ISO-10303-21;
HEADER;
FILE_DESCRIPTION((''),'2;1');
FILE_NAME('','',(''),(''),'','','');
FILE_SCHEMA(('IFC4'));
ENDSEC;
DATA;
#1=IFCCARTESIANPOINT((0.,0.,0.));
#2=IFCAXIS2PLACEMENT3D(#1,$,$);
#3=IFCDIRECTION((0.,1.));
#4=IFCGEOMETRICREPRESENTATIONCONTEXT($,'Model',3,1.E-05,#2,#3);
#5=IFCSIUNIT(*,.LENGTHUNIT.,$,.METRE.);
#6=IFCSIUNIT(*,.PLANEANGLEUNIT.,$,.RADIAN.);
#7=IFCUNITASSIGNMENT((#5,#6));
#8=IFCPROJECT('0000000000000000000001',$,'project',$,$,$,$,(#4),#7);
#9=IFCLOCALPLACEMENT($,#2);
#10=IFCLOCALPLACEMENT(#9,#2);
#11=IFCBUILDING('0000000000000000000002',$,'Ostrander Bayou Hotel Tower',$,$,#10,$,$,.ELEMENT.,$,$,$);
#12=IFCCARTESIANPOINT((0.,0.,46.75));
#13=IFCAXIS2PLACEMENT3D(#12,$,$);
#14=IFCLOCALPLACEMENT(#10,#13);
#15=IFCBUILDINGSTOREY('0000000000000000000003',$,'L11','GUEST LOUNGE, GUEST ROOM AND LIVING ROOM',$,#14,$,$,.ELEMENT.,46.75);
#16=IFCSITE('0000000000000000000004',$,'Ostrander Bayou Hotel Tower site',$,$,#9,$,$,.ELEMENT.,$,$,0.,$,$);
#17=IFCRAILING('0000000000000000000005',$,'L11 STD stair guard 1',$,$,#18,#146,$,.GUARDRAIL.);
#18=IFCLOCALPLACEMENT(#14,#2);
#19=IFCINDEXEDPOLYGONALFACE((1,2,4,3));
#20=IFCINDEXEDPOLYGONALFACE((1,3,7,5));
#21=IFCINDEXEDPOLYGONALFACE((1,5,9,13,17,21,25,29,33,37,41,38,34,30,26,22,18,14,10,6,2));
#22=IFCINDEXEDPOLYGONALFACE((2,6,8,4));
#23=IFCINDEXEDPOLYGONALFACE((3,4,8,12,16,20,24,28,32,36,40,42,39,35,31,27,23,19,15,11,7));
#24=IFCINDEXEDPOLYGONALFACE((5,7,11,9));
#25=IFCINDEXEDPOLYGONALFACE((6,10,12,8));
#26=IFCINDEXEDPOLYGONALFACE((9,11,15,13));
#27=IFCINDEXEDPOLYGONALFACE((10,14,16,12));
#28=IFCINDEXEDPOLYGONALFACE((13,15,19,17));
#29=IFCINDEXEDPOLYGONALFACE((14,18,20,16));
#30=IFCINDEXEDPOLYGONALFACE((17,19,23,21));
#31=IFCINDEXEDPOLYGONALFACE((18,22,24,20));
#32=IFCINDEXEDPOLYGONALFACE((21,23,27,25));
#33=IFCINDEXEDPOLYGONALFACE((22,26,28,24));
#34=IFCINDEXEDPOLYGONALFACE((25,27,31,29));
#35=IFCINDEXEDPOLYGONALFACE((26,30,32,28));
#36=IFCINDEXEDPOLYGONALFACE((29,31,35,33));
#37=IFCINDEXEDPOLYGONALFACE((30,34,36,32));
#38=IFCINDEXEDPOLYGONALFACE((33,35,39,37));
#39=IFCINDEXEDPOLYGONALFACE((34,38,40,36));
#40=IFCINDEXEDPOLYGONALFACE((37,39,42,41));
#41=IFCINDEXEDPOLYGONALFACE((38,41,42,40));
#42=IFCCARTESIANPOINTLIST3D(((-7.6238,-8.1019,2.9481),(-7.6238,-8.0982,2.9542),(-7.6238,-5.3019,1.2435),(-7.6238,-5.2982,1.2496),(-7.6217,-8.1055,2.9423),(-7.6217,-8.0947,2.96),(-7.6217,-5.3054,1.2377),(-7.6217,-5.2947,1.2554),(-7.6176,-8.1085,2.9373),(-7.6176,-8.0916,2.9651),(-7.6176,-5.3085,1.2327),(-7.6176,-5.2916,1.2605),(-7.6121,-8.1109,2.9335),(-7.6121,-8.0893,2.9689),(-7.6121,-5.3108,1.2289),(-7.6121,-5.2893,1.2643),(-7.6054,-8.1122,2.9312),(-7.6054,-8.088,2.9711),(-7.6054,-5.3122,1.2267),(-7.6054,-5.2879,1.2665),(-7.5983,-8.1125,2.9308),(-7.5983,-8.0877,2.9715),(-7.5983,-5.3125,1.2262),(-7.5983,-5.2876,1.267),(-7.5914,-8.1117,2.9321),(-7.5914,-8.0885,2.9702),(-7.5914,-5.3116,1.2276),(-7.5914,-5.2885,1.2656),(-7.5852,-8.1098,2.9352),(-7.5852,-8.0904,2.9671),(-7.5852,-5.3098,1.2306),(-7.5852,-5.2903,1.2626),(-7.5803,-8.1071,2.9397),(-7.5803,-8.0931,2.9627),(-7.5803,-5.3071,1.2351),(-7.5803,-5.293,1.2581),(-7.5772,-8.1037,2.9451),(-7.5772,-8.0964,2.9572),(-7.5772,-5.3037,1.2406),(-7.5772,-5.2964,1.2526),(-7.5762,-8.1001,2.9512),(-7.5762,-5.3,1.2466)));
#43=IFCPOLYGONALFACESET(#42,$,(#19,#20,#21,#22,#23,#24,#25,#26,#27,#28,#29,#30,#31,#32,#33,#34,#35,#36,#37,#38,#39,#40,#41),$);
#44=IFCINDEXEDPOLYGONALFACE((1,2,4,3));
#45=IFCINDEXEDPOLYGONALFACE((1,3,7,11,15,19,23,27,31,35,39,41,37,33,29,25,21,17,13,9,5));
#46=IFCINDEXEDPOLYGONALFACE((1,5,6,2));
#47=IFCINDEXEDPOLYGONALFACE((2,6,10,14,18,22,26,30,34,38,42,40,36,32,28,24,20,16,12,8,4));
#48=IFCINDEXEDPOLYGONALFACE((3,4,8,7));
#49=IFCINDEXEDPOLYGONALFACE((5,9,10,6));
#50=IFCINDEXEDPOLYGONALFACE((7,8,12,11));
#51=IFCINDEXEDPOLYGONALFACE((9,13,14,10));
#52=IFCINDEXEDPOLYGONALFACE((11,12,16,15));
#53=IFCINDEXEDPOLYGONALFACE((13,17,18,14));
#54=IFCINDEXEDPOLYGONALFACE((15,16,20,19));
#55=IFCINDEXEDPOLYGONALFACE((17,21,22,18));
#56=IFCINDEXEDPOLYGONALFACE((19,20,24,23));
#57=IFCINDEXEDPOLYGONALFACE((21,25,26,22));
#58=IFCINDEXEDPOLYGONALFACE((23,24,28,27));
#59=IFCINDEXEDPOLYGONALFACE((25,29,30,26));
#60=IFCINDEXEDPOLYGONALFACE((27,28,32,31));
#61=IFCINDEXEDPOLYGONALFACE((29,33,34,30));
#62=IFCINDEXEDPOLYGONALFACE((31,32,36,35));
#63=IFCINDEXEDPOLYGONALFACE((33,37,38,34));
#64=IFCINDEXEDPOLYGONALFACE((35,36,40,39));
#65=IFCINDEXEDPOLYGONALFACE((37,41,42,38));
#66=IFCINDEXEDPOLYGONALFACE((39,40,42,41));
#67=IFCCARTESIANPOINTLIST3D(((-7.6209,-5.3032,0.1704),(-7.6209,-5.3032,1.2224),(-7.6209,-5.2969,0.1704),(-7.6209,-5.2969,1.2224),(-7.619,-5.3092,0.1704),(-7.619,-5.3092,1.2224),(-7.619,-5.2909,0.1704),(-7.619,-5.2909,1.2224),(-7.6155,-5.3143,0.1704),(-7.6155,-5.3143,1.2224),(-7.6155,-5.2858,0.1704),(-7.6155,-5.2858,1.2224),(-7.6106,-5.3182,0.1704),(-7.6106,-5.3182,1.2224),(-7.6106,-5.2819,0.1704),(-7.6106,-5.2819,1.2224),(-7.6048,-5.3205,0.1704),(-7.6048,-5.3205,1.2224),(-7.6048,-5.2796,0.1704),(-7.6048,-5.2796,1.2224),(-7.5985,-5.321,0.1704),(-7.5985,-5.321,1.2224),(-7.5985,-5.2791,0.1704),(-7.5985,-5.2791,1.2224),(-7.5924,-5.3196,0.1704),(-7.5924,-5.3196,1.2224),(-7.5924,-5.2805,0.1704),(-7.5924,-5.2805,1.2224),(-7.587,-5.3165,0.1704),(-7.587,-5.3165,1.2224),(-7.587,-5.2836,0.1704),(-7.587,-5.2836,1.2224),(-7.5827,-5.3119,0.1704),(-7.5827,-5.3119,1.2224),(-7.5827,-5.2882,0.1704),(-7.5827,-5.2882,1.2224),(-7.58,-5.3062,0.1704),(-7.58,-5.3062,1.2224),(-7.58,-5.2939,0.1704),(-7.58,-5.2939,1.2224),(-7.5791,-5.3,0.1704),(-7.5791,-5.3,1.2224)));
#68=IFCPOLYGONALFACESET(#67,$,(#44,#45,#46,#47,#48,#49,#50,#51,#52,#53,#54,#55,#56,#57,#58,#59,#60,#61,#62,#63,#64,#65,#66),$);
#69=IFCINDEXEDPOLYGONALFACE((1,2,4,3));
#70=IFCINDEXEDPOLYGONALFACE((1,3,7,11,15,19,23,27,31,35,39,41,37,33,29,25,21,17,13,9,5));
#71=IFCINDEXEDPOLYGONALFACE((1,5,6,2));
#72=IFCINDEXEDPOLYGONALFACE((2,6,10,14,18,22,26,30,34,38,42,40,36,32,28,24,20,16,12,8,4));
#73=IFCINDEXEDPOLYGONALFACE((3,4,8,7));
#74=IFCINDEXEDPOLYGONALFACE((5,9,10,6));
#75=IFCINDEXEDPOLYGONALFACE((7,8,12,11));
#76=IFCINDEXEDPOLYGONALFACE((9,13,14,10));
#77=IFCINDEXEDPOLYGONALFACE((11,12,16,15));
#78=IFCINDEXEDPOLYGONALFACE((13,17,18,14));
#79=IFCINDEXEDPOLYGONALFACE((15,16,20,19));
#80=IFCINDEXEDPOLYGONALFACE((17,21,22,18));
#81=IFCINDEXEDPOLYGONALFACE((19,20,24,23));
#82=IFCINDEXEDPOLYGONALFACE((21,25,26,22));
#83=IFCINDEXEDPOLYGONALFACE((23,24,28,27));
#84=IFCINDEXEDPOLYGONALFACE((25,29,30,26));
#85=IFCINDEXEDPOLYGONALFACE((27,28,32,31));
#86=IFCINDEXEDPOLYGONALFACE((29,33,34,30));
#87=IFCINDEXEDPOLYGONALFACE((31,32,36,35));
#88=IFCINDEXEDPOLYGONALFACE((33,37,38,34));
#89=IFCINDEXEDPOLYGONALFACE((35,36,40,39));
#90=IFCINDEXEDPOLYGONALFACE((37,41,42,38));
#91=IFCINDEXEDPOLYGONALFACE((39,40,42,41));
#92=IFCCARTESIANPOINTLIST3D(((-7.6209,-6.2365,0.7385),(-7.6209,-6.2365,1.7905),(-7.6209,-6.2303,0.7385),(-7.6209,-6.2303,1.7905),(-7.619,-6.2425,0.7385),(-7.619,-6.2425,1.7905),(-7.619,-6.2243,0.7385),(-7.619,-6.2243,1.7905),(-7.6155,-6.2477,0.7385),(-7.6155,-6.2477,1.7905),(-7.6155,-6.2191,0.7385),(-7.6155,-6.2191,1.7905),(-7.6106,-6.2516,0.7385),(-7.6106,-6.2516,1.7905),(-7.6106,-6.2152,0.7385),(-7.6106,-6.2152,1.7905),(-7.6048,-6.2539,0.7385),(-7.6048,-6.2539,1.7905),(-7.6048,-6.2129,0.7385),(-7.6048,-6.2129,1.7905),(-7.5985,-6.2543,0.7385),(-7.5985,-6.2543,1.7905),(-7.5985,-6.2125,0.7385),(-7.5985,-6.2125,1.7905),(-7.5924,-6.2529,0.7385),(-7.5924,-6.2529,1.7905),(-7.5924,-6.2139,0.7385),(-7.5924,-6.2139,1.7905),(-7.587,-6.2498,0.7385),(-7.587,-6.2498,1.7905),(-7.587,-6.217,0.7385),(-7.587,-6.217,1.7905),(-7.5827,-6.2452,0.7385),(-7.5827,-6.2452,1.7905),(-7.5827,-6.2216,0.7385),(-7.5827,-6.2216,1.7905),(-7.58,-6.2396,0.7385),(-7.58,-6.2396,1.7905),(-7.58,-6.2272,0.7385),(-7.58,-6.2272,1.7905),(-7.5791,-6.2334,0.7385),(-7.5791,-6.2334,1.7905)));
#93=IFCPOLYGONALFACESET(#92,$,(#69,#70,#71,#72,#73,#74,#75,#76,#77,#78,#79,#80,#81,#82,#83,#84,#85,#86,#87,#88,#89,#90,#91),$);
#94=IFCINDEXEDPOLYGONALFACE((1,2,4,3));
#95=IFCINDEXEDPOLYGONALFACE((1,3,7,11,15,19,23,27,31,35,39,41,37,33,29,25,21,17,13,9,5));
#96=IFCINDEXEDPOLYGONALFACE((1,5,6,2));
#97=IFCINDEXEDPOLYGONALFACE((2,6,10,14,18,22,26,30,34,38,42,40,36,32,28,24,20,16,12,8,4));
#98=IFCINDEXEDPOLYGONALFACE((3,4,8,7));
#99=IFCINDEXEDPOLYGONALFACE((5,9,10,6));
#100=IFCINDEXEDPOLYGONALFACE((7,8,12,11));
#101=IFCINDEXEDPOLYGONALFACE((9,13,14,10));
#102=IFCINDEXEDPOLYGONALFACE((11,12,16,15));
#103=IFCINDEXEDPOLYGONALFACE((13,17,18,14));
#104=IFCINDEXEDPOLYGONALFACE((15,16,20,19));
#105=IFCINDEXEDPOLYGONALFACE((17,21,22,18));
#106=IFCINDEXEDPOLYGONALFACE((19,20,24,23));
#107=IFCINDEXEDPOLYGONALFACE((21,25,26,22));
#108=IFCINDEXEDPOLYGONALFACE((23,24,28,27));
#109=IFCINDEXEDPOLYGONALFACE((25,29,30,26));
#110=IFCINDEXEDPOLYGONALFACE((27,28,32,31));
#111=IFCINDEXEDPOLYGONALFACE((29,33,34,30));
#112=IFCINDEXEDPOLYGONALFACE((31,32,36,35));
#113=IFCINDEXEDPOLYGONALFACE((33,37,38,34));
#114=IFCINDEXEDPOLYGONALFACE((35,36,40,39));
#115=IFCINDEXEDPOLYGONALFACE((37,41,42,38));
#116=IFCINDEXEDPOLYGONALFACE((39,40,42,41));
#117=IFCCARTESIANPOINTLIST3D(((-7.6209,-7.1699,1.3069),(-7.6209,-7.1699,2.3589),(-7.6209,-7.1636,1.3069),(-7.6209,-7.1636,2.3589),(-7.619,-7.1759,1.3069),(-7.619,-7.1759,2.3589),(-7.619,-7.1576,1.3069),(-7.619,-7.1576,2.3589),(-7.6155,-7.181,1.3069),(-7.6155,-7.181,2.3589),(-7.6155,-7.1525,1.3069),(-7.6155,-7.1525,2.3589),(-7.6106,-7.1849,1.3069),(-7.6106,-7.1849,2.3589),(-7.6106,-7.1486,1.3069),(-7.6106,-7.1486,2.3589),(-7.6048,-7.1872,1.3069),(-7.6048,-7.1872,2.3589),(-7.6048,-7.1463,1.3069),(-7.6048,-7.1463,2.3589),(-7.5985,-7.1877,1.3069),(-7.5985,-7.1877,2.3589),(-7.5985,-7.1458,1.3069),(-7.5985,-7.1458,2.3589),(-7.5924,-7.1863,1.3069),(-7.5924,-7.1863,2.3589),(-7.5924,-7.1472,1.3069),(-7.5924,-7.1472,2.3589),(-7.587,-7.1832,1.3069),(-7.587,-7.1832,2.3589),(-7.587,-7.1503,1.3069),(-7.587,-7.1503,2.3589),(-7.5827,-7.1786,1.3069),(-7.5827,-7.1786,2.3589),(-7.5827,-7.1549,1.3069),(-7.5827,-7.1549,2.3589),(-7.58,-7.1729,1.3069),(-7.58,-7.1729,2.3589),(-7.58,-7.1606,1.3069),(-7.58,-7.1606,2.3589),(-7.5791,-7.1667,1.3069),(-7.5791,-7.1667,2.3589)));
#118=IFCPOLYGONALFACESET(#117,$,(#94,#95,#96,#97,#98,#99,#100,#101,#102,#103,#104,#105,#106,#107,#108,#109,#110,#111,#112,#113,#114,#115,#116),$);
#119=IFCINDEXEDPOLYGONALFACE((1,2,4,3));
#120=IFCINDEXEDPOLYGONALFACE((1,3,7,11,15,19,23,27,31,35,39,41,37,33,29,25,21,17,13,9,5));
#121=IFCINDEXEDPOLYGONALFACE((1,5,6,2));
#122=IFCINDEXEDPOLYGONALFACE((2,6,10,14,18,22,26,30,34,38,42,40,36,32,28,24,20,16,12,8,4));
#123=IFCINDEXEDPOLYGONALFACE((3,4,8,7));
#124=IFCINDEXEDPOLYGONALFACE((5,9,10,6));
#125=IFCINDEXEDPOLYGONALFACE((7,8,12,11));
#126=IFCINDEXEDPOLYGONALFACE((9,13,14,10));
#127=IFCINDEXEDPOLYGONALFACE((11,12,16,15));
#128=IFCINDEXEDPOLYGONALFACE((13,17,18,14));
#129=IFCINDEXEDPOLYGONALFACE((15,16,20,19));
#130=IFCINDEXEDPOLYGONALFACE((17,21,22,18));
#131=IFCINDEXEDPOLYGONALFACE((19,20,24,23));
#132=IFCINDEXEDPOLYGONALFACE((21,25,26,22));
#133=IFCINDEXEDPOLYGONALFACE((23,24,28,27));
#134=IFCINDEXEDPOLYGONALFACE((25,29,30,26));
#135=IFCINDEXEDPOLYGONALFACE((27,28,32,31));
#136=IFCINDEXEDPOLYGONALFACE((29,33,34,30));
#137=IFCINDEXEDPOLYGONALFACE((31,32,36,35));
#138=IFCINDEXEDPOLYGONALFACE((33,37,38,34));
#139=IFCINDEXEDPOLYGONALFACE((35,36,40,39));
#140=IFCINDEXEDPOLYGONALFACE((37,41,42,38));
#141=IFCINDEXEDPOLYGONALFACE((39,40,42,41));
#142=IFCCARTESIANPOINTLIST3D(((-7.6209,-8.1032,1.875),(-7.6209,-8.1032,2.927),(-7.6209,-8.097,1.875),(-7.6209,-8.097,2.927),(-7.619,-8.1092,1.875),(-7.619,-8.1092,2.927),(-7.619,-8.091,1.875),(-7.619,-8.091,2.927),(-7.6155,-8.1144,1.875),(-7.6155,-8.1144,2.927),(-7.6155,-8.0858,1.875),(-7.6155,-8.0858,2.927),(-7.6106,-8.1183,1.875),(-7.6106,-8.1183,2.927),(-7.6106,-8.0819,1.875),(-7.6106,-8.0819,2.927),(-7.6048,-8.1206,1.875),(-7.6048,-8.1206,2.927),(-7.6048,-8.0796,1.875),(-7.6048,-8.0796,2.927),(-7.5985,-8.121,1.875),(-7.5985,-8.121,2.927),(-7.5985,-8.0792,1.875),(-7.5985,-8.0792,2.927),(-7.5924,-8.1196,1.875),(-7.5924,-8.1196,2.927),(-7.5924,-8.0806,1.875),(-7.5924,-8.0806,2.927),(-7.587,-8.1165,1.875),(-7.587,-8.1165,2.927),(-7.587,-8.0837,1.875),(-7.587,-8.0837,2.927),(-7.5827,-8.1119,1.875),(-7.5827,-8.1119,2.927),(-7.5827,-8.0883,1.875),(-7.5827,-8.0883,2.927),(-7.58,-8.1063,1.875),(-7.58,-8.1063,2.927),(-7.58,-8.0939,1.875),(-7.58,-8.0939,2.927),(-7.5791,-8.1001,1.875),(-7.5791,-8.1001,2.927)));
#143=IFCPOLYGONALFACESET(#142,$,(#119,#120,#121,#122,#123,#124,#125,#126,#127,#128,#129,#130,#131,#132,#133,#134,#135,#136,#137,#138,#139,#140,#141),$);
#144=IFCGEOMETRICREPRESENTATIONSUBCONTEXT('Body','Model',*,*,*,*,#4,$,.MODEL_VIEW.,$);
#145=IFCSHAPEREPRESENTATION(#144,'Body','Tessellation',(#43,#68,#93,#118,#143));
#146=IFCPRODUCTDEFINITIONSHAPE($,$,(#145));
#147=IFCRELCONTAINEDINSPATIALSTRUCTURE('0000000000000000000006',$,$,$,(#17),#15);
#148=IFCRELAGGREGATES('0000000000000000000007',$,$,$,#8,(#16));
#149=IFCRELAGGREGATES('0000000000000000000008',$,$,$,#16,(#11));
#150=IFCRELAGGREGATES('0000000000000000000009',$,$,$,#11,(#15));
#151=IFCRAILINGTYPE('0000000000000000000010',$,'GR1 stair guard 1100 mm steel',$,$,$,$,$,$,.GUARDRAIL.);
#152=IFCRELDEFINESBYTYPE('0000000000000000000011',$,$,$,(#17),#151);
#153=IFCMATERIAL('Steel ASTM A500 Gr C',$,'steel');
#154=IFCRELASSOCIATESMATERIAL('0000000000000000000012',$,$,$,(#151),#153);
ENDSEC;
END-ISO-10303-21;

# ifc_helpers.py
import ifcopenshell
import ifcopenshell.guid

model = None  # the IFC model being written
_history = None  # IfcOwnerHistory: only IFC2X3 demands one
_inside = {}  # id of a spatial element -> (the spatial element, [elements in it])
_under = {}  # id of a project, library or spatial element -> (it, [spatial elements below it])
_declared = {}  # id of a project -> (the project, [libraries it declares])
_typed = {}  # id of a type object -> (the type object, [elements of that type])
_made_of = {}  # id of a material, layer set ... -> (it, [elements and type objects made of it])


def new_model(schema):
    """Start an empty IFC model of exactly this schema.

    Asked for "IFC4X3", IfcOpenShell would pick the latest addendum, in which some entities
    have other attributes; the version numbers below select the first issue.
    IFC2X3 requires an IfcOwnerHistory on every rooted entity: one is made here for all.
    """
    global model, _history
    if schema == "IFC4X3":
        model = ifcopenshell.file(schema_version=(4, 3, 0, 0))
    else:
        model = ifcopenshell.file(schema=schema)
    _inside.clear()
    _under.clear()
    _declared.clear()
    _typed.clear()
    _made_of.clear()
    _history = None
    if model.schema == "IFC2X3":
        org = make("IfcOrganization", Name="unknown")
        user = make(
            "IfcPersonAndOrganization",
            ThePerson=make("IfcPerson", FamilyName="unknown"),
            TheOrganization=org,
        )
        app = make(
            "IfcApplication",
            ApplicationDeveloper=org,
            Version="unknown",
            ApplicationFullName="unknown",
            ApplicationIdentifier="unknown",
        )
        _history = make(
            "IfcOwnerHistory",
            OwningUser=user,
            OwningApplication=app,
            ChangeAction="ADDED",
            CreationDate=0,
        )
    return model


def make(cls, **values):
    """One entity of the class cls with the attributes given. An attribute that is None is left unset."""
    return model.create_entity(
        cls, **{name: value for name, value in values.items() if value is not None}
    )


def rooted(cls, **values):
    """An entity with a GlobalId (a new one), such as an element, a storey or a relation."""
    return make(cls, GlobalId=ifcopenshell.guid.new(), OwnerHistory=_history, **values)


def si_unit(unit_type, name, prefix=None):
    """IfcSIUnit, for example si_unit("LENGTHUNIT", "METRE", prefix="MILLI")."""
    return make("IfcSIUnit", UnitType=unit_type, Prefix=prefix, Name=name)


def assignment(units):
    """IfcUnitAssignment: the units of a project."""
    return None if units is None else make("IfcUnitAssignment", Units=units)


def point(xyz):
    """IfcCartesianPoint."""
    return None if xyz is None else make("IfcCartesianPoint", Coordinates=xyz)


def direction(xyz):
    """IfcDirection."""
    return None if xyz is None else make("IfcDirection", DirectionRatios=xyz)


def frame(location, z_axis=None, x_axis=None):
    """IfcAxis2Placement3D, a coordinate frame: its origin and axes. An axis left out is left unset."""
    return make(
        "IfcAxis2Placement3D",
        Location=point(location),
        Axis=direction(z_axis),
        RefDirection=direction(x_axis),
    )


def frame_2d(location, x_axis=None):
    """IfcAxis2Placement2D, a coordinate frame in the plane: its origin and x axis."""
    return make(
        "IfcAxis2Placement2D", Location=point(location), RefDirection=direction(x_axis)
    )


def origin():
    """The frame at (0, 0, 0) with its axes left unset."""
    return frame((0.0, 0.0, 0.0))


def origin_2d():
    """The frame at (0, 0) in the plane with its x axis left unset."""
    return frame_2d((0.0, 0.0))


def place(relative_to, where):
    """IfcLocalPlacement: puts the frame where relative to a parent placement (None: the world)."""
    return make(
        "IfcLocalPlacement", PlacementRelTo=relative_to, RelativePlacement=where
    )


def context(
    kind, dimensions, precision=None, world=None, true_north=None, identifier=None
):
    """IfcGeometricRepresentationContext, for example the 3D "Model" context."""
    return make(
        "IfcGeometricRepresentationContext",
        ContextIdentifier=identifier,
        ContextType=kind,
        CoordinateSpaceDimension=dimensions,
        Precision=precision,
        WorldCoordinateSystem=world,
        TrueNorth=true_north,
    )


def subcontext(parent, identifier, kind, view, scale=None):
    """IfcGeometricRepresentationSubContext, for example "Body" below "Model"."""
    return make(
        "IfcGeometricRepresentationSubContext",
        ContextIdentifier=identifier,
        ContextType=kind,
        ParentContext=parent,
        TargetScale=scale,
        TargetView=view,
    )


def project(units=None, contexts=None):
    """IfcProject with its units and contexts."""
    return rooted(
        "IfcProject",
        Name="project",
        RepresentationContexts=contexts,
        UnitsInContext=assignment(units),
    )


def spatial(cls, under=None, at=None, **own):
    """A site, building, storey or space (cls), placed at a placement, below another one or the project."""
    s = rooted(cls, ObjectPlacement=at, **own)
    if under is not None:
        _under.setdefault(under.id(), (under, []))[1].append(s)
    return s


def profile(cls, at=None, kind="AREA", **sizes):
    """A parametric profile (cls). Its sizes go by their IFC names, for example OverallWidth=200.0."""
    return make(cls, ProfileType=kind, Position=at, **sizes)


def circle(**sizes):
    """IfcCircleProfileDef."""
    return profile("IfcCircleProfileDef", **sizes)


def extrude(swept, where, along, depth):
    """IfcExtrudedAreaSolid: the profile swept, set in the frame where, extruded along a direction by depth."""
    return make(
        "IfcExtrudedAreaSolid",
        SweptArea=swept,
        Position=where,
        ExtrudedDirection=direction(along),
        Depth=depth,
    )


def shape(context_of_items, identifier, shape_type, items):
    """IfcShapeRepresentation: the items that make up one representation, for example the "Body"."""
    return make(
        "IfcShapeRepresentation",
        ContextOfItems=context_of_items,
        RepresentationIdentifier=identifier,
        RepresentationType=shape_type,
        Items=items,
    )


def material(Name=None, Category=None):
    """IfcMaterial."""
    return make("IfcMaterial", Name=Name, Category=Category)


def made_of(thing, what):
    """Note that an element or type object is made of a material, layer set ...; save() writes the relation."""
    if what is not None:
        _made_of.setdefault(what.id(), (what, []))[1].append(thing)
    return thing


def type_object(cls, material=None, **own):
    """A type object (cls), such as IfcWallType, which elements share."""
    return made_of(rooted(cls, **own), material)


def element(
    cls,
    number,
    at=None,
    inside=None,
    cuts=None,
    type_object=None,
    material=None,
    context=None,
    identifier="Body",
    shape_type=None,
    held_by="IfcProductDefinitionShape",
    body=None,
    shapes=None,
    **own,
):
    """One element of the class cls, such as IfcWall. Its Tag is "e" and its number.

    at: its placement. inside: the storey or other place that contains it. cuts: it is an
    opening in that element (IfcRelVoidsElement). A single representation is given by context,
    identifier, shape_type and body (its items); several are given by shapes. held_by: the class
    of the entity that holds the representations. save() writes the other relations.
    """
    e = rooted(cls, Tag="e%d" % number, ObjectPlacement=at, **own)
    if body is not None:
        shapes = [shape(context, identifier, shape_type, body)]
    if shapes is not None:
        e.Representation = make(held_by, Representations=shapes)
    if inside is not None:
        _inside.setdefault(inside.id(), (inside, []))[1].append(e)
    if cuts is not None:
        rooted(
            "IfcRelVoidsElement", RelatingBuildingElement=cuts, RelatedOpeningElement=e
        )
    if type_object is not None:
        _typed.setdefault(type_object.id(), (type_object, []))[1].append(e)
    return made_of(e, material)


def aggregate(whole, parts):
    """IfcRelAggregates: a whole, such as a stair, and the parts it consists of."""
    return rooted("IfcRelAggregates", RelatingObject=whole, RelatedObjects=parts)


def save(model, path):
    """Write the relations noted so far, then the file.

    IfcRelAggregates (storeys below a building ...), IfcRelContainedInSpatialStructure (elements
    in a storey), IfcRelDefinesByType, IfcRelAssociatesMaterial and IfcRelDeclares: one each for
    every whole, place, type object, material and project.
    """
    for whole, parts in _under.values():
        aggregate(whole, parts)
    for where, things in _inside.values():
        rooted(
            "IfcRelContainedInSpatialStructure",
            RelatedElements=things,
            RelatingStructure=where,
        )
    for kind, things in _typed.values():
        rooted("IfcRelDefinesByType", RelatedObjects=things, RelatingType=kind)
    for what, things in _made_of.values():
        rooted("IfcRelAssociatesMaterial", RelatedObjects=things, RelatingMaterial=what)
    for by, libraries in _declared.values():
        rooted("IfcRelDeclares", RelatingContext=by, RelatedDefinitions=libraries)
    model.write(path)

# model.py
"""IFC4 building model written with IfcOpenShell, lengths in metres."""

from ifc_helpers import new_model, si_unit, direction, frame, origin, origin_2d, place, context, subcontext, project, spatial, circle, extrude, material, type_object, element, save


model = new_model("IFC4")

# Units and contexts
model_context = context("Model", 3, precision=1e-05, world=origin(), true_north=direction((0.0, 1.0)))
body_context = subcontext(model_context, "Body", "Model", "MODEL_VIEW")
ifc_project = project(units=[si_unit("LENGTHUNIT", "METRE"), si_unit("PLANEANGLEUNIT", "RADIAN")], contexts=[model_context])

# Site, building, storey
site_placement = place(None, origin())
site = spatial("IfcSite", under=ifc_project, at=site_placement, Name="Ostrander Bayou Hotel Tower site", CompositionType="ELEMENT", RefElevation=0.0)
building_placement = place(site_placement, origin())
building = spatial("IfcBuilding", under=site, at=building_placement, Name="Ostrander Bayou Hotel Tower", CompositionType="ELEMENT")
storey_placement = place(building_placement, frame((0.0, 0.0, 46.75)))
storey = spatial("IfcBuildingStorey", under=building, at=storey_placement, Name="L11", Description="GUEST LOUNGE, GUEST ROOM AND LIVING ROOM", CompositionType="ELEMENT", Elevation=46.75)

# Railing
ifc_material_1 = material(Name="Steel ASTM A500 Gr C", Category="steel")
railing_type_1 = type_object("IfcRailingType", Name="GR1 stair guard 1100 mm steel", PredefinedType="GUARDRAIL", material=ifc_material_1)
railing_1_placement = place(storey_placement, frame((-7.6001, -5.3, 0.1704)))
element("IfcRailing", 1, at=railing_1_placement, inside=storey, type_object=railing_type_1, Name="L11 STD stair guard 1", PredefinedType="GUARDRAIL", context=body_context, shape_type="SweptSolid", body=[
    extrude(circle(Radius=0.0239, at=origin_2d()), frame((0.0, 0.0, 1.0762), z_axis=(0.0, -0.85417, 0.519994), x_axis=(1.0, 0.0, 0.0)), (0.0, 0.0, 1.0), 3.2781),
    extrude(circle(Radius=0.021, at=origin_2d()), origin(), (0.0, 0.0, 1.0), 1.052),
    extrude(circle(Radius=0.021, at=origin_2d()), frame((0.0, -0.9333, 0.5681)), (0.0, 0.0, 1.0), 1.052),
    extrude(circle(Radius=0.021, at=origin_2d()), frame((0.0, -1.8667, 1.1365)), (0.0, 0.0, 1.0), 1.052),
    extrude(circle(Radius=0.021, at=origin_2d()), frame((0.0, -2.8, 1.7046)), (0.0, 0.0, 1.0), 1.052),
])

save(model, "model.ifc")
